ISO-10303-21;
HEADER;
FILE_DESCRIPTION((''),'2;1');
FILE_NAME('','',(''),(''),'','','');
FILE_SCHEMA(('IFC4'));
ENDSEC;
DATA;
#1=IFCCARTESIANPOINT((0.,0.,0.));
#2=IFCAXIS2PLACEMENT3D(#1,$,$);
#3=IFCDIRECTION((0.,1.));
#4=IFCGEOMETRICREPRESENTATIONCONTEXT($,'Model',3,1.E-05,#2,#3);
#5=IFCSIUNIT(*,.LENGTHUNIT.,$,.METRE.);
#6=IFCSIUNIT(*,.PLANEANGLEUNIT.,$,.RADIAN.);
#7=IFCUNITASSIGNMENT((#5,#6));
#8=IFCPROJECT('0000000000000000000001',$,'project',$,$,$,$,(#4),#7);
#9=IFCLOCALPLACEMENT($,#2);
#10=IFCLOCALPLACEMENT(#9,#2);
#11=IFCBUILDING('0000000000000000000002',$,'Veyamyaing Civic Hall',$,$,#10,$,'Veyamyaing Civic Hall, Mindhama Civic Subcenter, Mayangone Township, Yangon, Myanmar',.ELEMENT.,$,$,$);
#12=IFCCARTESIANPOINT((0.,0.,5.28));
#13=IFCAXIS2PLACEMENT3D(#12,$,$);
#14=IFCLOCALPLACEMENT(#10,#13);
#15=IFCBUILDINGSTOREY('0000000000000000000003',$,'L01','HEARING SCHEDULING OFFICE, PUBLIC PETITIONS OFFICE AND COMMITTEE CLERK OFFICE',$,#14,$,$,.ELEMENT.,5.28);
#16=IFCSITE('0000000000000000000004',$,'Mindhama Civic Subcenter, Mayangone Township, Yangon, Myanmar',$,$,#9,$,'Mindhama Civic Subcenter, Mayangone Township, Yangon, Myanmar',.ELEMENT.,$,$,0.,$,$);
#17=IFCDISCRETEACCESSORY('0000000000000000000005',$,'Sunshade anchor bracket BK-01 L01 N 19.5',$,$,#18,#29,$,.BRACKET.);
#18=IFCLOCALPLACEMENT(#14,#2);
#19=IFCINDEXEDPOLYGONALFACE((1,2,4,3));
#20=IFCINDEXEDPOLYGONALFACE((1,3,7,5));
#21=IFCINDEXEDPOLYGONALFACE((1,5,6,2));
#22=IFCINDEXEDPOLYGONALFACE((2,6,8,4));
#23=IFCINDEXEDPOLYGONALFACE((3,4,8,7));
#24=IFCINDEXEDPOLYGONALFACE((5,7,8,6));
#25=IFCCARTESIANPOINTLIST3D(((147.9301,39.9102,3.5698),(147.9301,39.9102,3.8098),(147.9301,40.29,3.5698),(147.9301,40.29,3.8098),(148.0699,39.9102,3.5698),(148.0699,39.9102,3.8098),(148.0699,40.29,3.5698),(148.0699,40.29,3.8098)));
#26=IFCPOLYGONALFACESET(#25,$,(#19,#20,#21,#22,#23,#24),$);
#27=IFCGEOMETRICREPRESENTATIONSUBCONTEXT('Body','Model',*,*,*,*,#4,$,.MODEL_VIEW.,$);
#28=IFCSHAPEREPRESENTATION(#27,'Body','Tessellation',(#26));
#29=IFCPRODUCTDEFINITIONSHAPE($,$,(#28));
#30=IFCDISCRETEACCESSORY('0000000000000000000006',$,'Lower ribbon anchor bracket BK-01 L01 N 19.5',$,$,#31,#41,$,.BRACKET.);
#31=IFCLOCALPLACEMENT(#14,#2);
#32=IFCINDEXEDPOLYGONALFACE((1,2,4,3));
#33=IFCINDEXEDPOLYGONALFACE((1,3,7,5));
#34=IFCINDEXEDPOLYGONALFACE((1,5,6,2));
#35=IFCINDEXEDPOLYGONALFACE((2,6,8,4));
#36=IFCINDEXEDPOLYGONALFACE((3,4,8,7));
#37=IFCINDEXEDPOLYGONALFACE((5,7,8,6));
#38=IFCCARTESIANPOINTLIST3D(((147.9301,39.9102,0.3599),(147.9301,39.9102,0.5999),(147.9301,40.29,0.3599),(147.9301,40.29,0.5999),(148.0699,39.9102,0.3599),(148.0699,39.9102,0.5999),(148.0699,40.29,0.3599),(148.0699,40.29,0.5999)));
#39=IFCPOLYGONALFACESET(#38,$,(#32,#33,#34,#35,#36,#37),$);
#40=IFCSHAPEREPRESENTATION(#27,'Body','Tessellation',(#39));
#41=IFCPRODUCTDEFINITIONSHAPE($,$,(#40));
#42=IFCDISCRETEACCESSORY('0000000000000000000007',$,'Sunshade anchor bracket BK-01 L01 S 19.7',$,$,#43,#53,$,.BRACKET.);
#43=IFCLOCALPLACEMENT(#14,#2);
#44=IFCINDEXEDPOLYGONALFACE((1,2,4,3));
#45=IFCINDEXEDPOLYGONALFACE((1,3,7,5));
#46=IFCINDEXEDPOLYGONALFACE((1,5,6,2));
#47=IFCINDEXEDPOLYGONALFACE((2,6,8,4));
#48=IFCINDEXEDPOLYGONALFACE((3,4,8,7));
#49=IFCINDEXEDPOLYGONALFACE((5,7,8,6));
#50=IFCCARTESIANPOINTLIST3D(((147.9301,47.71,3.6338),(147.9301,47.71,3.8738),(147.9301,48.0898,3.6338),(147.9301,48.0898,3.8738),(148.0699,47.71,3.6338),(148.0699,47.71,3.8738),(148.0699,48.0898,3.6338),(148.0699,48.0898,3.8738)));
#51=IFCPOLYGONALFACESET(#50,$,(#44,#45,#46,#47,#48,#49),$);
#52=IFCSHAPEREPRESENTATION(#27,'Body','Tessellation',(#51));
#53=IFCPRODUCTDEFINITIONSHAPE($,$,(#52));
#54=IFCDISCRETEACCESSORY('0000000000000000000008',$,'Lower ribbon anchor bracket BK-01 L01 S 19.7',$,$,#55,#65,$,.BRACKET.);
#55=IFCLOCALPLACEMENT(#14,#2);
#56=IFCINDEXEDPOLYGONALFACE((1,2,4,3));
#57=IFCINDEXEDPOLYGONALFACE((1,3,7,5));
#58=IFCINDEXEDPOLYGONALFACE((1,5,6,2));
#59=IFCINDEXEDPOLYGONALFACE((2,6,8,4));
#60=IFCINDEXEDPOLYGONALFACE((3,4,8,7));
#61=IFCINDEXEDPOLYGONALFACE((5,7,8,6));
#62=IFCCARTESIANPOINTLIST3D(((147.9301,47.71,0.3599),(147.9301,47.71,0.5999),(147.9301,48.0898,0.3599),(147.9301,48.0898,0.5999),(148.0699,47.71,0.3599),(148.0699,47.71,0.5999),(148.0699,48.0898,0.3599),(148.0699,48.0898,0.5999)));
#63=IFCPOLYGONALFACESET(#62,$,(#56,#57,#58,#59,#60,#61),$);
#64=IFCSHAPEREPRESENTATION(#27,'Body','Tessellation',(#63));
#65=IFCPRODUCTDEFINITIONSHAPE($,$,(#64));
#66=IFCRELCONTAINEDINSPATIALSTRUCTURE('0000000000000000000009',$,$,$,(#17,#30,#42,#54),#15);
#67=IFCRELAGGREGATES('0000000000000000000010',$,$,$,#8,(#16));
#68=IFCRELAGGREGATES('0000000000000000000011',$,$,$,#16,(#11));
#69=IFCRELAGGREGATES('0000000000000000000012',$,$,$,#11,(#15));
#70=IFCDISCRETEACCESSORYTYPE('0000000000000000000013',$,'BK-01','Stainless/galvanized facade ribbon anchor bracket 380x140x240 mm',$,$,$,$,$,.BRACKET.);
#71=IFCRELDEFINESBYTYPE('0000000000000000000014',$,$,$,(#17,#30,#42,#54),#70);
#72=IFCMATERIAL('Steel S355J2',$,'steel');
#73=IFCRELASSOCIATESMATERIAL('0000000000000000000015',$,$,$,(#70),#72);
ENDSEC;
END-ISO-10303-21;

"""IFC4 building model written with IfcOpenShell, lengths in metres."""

from ifc_helpers import new_model, si_unit, direction, frame, origin, origin_2d, place, context, subcontext, project, spatial, rectangle, extrude, material, type_object, element, save


model = new_model("IFC4")

# Units and contexts
model_context = context("Model", 3, precision=1e-05, world=origin(), true_north=direction((0.0, 1.0)))
body_context = subcontext(model_context, "Body", "Model", "MODEL_VIEW")
ifc_project = project(units=[si_unit("LENGTHUNIT", "METRE"), si_unit("PLANEANGLEUNIT", "RADIAN")], contexts=[model_context])

# Site, building, storey
site_placement = place(None, origin())
site = spatial("IfcSite", under=ifc_project, at=site_placement, Name="Mindhama Civic Subcenter, Mayangone Township, Yangon, Myanmar", LongName="Mindhama Civic Subcenter, Mayangone Township, Yangon, Myanmar", CompositionType="ELEMENT", RefElevation=0.0)
building_placement = place(site_placement, origin())
building = spatial("IfcBuilding", under=site, at=building_placement, Name="Veyamyaing Civic Hall", LongName="Veyamyaing Civic Hall, Mindhama Civic Subcenter, Mayangone Township, Yangon, Myanmar", CompositionType="ELEMENT")
storey_placement = place(building_placement, frame((0.0, 0.0, 5.28)))
storey = spatial("IfcBuildingStorey", under=building, at=storey_placement, Name="L01", Description="HEARING SCHEDULING OFFICE, PUBLIC PETITIONS OFFICE AND COMMITTEE CLERK OFFICE", CompositionType="ELEMENT", Elevation=5.28)

# Discrete accessories
ifc_material_1 = material(Name="Steel S355J2", Category="steel")
discrete_accessory_type = type_object("IfcDiscreteAccessoryType", Name="BK-01", Description="Stainless/galvanized facade ribbon anchor bracket 380x140x240 mm", PredefinedType="BRACKET", material=ifc_material_1)
for number, where, z_axis, x_axis, name in (
    (1, (148.0, 40.1001, 3.5698), (0.0, 0.0, 1.0), (0.0, 1.0, 0.0), "Sunshade anchor bracket BK-01 L01 N 19.5"),
    (2, (148.0, 40.1001, 0.3599), (0.0, 0.0, 1.0), (0.0, 1.0, 0.0), "Lower ribbon anchor bracket BK-01 L01 N 19.5"),
    (3, (148.0, 47.8999, 3.6338), (0.0, 0.0, 1.0), (0.0, -1.0, 0.0), "Sunshade anchor bracket BK-01 L01 S 19.7"),
    (4, (148.0, 47.8999, 0.3599), (0.0, 0.0, 1.0), (0.0, -1.0, 0.0), "Lower ribbon anchor bracket BK-01 L01 S 19.7"),
):
    element("IfcDiscreteAccessory", number, at=place(storey_placement, frame(where, z_axis=z_axis, x_axis=x_axis)), inside=storey, type_object=discrete_accessory_type, Name=name, PredefinedType="BRACKET", context=body_context, shape_type="SweptSolid", body=[
        extrude(rectangle(XDim=0.3799, YDim=0.1399, at=origin_2d()), origin(), (0.0, 0.0, 1.0), 0.24),
    ])

save(model, "model.ifc")
